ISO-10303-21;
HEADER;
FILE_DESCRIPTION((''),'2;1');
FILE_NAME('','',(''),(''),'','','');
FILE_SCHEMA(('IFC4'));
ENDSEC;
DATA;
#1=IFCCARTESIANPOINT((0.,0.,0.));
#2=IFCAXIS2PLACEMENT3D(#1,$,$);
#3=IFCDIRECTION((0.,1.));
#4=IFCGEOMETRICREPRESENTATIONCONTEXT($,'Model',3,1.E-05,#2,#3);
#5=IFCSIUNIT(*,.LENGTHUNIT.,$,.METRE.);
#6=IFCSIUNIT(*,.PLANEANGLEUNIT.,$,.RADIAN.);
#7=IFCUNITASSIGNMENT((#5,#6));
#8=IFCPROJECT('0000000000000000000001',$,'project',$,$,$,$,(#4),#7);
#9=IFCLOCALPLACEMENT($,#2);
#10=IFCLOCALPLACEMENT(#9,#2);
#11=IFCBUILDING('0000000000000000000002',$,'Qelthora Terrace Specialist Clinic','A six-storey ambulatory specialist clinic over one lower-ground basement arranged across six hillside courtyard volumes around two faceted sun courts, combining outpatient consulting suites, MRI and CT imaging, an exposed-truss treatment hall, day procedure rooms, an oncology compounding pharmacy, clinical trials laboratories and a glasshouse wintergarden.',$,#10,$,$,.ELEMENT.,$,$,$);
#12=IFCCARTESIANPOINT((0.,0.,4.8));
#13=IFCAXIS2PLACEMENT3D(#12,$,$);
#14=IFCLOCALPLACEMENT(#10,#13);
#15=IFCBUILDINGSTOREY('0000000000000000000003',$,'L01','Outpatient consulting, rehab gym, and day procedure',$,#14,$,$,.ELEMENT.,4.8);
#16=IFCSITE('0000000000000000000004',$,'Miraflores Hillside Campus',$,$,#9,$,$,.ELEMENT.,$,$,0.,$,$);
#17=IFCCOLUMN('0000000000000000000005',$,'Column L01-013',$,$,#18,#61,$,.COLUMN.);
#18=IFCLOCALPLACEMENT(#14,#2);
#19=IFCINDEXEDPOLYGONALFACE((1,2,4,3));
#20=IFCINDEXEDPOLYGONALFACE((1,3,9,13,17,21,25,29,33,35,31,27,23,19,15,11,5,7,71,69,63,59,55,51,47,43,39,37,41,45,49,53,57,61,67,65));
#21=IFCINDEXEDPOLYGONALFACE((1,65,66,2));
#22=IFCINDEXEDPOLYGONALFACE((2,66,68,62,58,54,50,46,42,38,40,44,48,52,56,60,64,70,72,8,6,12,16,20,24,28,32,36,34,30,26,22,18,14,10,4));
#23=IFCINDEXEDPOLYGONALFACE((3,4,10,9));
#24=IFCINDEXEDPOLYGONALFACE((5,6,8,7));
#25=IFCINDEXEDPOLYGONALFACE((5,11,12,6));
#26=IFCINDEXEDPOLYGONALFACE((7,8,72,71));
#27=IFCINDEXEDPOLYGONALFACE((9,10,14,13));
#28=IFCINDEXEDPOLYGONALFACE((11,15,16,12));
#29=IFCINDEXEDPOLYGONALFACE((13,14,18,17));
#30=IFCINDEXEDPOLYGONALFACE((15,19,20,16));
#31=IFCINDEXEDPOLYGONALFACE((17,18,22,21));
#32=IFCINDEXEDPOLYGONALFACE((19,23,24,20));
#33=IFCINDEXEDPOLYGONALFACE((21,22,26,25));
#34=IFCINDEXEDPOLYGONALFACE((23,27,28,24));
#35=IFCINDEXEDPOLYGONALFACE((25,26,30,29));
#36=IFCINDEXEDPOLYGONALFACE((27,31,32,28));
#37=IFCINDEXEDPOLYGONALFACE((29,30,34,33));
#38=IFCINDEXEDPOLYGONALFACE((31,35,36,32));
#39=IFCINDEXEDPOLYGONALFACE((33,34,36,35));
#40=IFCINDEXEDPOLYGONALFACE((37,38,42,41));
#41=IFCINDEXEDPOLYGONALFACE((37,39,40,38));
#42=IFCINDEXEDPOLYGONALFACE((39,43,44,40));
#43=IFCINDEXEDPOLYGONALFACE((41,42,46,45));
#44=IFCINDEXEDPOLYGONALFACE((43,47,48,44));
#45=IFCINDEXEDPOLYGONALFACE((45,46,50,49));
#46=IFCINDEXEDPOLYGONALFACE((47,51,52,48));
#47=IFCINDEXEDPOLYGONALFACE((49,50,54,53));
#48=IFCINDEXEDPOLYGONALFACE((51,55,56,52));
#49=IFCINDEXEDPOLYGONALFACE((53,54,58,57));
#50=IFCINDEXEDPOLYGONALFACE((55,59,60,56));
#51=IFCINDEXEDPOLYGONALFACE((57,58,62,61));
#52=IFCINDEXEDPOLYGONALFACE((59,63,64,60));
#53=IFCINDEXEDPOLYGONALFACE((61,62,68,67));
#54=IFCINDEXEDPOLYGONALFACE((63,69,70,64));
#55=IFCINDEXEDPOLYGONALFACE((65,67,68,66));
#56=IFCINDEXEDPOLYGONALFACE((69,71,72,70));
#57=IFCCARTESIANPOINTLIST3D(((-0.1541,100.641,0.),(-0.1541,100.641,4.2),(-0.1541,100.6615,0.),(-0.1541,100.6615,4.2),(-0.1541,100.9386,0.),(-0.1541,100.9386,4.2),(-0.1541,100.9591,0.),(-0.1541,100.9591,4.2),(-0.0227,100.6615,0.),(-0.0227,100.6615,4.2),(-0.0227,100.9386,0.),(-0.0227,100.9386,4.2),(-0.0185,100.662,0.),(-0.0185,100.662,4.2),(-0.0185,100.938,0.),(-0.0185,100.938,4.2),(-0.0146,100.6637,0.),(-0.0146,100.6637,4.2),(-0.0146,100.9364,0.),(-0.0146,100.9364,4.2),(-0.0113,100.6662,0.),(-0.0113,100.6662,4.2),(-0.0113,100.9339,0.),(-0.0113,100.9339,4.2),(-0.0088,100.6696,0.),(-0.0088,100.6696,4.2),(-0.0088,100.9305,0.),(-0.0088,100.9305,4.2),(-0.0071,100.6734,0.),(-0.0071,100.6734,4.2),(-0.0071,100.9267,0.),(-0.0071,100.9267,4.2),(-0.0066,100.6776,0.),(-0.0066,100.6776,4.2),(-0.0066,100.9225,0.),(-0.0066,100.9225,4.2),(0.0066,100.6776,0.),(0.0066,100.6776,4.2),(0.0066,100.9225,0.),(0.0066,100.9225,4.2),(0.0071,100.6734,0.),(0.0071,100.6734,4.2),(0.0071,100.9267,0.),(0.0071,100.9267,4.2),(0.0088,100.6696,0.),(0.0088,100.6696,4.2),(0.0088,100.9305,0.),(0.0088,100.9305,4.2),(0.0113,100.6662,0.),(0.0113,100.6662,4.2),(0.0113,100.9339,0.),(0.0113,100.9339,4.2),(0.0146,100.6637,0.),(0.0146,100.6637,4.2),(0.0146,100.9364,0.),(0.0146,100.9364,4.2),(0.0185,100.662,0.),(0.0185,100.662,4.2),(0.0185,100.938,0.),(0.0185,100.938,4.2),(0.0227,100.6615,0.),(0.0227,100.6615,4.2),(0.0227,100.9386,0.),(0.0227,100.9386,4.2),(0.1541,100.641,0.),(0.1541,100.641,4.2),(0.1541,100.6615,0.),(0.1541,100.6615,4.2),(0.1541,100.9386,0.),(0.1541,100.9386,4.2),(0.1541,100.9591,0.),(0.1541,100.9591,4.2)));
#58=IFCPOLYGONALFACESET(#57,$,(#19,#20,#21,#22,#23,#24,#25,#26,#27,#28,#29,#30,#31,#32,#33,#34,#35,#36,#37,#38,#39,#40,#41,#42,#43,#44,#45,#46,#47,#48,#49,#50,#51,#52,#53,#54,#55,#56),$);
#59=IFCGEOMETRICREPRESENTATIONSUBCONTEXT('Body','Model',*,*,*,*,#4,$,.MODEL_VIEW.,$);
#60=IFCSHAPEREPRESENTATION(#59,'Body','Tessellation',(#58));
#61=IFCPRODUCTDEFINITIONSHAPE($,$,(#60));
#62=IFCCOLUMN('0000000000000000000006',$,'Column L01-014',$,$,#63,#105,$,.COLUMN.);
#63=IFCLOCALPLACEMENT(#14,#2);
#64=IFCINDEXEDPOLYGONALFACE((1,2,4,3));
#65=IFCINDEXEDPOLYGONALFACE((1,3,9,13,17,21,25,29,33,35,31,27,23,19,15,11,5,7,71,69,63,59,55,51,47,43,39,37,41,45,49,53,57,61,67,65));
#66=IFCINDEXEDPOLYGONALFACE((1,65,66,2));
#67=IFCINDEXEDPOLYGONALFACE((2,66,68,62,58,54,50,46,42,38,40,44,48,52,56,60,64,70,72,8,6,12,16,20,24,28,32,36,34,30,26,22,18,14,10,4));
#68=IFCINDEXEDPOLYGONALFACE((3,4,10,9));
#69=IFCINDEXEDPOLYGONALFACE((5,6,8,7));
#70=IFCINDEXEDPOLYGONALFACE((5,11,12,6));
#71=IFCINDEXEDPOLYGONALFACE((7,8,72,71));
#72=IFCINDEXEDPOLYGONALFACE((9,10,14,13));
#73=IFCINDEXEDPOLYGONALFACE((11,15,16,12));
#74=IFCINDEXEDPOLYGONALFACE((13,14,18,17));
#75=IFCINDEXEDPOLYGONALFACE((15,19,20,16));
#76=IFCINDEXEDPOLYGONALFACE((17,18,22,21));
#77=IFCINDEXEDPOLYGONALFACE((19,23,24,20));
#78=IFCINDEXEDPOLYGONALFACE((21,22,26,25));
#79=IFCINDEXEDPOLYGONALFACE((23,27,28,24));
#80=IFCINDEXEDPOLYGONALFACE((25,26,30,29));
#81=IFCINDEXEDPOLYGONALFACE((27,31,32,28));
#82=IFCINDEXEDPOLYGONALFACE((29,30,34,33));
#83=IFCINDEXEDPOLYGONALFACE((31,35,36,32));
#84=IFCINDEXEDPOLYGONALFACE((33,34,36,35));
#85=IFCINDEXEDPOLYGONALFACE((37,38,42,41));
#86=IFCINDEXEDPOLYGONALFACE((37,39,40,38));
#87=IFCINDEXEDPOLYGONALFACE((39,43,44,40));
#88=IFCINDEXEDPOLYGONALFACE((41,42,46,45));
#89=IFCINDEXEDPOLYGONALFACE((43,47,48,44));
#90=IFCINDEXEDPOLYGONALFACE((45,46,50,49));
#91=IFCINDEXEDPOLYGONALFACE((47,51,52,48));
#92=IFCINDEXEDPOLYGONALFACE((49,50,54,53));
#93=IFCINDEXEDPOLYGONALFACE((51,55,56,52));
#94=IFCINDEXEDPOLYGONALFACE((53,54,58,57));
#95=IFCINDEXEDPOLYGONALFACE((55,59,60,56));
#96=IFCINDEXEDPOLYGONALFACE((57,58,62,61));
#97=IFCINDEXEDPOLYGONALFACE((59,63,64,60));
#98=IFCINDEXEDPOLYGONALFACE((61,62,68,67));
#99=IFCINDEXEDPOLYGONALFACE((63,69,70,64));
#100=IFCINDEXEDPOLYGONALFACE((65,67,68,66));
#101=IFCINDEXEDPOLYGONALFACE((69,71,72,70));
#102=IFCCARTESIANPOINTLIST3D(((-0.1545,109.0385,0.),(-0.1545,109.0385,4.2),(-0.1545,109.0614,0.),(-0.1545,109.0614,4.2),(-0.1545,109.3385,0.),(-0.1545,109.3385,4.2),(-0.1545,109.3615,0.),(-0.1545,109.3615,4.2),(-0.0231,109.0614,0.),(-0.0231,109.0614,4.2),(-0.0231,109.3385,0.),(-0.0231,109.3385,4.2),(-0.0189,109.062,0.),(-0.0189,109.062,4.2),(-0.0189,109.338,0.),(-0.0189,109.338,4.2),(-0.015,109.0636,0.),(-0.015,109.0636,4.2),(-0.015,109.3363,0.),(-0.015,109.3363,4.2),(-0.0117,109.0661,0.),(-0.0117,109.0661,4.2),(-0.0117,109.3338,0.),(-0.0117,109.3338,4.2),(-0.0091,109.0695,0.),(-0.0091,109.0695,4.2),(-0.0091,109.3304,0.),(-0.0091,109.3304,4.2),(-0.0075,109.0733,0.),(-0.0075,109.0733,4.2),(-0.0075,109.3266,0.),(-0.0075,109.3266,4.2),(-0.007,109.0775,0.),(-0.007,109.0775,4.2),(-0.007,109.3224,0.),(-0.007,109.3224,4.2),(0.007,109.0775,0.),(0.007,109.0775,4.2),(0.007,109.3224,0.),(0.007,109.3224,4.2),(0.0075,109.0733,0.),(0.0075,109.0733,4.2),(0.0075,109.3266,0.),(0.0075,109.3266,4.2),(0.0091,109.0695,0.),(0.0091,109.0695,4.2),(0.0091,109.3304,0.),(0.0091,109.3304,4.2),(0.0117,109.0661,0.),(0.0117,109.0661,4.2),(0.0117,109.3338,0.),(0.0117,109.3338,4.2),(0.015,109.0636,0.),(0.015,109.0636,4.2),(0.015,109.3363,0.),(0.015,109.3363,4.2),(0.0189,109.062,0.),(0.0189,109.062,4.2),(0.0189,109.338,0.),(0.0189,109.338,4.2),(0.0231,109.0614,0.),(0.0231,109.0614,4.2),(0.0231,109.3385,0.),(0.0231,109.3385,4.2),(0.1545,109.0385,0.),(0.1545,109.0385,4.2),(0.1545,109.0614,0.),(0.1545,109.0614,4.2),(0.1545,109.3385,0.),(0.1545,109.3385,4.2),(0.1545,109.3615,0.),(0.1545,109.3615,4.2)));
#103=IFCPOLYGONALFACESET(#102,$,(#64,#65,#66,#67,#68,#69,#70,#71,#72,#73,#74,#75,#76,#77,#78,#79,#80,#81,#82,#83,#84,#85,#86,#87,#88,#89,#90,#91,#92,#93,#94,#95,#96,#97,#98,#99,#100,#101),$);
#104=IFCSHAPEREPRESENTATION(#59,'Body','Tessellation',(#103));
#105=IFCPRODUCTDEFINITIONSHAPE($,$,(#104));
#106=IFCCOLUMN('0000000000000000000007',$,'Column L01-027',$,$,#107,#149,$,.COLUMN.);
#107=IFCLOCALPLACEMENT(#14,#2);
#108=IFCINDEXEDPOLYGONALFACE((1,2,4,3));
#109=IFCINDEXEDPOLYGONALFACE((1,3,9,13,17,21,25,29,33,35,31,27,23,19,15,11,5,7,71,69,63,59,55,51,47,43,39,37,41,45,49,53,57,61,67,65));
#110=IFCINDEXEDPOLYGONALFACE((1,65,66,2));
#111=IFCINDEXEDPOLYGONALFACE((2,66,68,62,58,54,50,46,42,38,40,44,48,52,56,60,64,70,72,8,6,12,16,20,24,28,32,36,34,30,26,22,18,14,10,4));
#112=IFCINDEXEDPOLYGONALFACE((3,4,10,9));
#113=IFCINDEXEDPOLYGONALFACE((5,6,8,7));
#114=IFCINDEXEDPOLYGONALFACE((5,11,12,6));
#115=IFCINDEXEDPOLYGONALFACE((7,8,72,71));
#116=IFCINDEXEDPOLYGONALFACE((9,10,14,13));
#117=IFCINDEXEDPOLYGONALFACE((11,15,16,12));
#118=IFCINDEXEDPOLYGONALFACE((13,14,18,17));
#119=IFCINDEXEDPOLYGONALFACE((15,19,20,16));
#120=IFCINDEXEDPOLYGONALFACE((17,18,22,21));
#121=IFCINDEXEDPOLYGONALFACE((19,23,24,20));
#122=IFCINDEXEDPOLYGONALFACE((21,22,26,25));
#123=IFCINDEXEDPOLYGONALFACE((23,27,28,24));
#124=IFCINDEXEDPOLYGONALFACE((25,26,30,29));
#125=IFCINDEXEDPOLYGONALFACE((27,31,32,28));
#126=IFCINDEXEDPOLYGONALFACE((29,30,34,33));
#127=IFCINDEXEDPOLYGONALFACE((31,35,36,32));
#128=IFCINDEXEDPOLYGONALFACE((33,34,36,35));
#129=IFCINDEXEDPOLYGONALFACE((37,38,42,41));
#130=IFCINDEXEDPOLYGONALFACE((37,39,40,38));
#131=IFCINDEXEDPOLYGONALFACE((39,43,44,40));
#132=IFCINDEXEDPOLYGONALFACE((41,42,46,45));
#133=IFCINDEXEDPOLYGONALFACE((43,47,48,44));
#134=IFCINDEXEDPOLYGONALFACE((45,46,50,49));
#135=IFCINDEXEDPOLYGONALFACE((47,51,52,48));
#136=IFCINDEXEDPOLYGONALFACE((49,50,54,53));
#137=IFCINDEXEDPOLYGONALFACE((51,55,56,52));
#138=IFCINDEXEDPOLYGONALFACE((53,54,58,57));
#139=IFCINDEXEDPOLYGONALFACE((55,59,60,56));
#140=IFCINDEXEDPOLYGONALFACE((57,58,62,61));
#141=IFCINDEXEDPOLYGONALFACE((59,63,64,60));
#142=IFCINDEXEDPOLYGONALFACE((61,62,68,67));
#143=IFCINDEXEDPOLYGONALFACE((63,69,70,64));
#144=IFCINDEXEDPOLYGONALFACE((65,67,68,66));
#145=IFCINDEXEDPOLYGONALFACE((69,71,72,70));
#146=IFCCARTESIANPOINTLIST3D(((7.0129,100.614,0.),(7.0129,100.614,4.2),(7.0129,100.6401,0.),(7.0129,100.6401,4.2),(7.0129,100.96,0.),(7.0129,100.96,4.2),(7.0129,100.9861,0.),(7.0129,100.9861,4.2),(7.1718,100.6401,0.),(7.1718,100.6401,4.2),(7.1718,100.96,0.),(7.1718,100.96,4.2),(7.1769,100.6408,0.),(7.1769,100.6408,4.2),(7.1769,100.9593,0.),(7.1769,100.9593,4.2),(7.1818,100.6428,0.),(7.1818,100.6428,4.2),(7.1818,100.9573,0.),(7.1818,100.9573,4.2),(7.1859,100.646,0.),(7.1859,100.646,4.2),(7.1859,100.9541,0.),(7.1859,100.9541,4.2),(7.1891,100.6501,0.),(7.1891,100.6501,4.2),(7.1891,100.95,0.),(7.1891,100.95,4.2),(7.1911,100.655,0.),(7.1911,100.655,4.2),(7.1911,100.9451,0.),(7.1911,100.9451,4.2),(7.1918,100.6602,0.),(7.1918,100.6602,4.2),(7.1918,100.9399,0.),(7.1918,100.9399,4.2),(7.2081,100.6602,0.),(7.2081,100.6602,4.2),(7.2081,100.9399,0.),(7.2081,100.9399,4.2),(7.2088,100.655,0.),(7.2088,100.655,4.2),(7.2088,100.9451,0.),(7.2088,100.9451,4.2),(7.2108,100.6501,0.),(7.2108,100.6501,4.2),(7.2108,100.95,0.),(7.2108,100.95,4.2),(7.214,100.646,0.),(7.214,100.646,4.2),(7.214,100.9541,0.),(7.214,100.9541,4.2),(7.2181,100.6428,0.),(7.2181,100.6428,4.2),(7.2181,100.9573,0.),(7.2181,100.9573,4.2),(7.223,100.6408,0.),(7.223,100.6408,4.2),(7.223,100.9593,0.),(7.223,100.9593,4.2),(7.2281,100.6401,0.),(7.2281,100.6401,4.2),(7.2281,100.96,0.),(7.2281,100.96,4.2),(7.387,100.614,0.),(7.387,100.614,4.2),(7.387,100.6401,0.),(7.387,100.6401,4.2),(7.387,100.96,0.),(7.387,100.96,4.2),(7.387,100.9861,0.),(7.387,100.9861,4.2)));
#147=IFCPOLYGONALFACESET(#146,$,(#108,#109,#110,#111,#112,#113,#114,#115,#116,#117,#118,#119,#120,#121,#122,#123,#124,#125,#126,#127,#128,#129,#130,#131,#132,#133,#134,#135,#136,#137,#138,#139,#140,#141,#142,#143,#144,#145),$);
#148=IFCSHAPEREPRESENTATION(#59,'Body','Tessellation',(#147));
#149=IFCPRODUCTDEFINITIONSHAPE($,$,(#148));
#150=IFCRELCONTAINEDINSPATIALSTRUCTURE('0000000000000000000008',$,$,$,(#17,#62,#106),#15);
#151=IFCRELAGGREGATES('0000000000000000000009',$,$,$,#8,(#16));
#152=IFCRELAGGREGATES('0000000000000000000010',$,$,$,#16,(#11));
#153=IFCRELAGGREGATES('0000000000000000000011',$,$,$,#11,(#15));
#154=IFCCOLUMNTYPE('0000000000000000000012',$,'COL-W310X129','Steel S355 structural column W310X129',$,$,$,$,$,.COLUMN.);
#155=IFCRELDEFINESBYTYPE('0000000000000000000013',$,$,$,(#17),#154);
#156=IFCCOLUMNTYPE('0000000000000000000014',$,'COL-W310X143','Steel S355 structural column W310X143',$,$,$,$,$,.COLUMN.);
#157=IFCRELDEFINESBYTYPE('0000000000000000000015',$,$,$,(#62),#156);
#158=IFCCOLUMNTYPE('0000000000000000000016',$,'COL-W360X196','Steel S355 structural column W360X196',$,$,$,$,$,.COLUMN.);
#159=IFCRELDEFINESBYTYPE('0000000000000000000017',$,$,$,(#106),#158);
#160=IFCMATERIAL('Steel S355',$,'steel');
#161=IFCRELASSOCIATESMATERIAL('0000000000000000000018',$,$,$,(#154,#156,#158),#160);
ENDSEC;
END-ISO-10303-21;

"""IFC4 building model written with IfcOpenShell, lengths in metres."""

from ifc_helpers import new_model, si_unit, direction, frame, origin, origin_2d, place, context, subcontext, project, spatial, i_section, extrude, material, material_profile, profile_set, type_object, element, save


model = new_model("IFC4")

# Units and contexts
model_context = context("Model", 3, precision=1e-05, world=origin(), true_north=direction((0.0, 1.0)))
body_context = subcontext(model_context, "Body", "Model", "MODEL_VIEW")
ifc_project = project(units=[si_unit("LENGTHUNIT", "METRE"), si_unit("PLANEANGLEUNIT", "RADIAN")], contexts=[model_context])

# Site, building, storey
site_placement = place(None, origin())
site = spatial("IfcSite", under=ifc_project, at=site_placement, Name="Miraflores Hillside Campus", CompositionType="ELEMENT", RefElevation=0.0)
building_placement = place(site_placement, origin())
building = spatial("IfcBuilding", under=site, at=building_placement, Name="Qelthora Terrace Specialist Clinic", Description="A six-storey ambulatory specialist clinic over one lower-ground basement arranged across six hillside courtyard volumes around two faceted sun courts, combining outpatient consulting suites, MRI and CT imaging, an exposed-truss treatment hall, day procedure rooms, an oncology compounding pharmacy, clinical trials laboratories and a glasshouse wintergarden.", CompositionType="ELEMENT")
storey_placement = place(building_placement, frame((0.0, 0.0, 4.8)))
storey = spatial("IfcBuildingStorey", under=building, at=storey_placement, Name="L01", Description="Outpatient consulting, rehab gym, and day procedure", CompositionType="ELEMENT", Elevation=4.8)

# Columns
ifc_material_1 = material(Name="Steel S355", Category="steel")
ifc_material_profile_1 = material_profile(ifc_material_1, i_section(OverallWidth=0.3081, OverallDepth=0.3181, WebThickness=0.0132, FlangeThickness=0.0205, FilletRadius=0.0161, at=origin_2d()), Name="W310X129")
ifc_profile_set_1 = profile_set([ifc_material_profile_1], Name="Steel S355")
column_type_1 = type_object("IfcColumnType", Name="COL-W310X129", Description="Steel S355 structural column W310X129", PredefinedType="COLUMN", material=ifc_profile_set_1)
column_1_placement = place(storey_placement, frame((0.0, 100.8, 0.0), z_axis=(0.0, 0.0, 1.0), x_axis=(1.0, 0.0, 0.0)))
element("IfcColumn", 1, at=column_1_placement, inside=storey, type_object=column_type_1, Name="Column L01-013", PredefinedType="COLUMN", context=body_context, shape_type="SweptSolid", body=[
    extrude(i_section(OverallWidth=0.3081, OverallDepth=0.3181, WebThickness=0.0132, FlangeThickness=0.0205, FilletRadius=0.0161, at=origin_2d()), origin(), (0.0, 0.0, 1.0), 4.2),
])
ifc_material_profile_2 = material_profile(ifc_material_1, i_section(OverallWidth=0.3091, OverallDepth=0.323, WebThickness=0.0139, FlangeThickness=0.0229, FilletRadius=0.0161, at=origin_2d()), Name="W310X143")
ifc_profile_set_2 = profile_set([ifc_material_profile_2], Name="Steel S355")
column_type_2 = type_object("IfcColumnType", Name="COL-W310X143", Description="Steel S355 structural column W310X143", PredefinedType="COLUMN", material=ifc_profile_set_2)
column_2_placement = place(storey_placement, frame((0.0, 109.2, 0.0), z_axis=(0.0, 0.0, 1.0), x_axis=(1.0, 0.0, 0.0)))
element("IfcColumn", 2, at=column_2_placement, inside=storey, type_object=column_type_2, Name="Column L01-014", PredefinedType="COLUMN", context=body_context, shape_type="SweptSolid", body=[
    extrude(i_section(OverallWidth=0.3091, OverallDepth=0.323, WebThickness=0.0139, FlangeThickness=0.0229, FilletRadius=0.0161, at=origin_2d()), origin(), (0.0, 0.0, 1.0), 4.2),
])
ifc_material_profile_3 = material_profile(ifc_material_1, i_section(OverallWidth=0.374, OverallDepth=0.3721, WebThickness=0.0164, FlangeThickness=0.0261, FilletRadius=0.02, at=origin_2d()), Name="W360X196")
ifc_profile_set_3 = profile_set([ifc_material_profile_3], Name="Steel S355")
column_type_3 = type_object("IfcColumnType", Name="COL-W360X196", Description="Steel S355 structural column W360X196", PredefinedType="COLUMN", material=ifc_profile_set_3)
column_3_placement = place(storey_placement, frame((7.2, 100.8, 0.0), z_axis=(0.0, 0.0, 1.0), x_axis=(1.0, 0.0, 0.0)))
element("IfcColumn", 3, at=column_3_placement, inside=storey, type_object=column_type_3, Name="Column L01-027", PredefinedType="COLUMN", context=body_context, shape_type="SweptSolid", body=[
    extrude(i_section(OverallWidth=0.374, OverallDepth=0.3721, WebThickness=0.0164, FlangeThickness=0.0261, FilletRadius=0.02, at=origin_2d()), origin(), (0.0, 0.0, 1.0), 4.2),
])

save(model, "model.ifc")
